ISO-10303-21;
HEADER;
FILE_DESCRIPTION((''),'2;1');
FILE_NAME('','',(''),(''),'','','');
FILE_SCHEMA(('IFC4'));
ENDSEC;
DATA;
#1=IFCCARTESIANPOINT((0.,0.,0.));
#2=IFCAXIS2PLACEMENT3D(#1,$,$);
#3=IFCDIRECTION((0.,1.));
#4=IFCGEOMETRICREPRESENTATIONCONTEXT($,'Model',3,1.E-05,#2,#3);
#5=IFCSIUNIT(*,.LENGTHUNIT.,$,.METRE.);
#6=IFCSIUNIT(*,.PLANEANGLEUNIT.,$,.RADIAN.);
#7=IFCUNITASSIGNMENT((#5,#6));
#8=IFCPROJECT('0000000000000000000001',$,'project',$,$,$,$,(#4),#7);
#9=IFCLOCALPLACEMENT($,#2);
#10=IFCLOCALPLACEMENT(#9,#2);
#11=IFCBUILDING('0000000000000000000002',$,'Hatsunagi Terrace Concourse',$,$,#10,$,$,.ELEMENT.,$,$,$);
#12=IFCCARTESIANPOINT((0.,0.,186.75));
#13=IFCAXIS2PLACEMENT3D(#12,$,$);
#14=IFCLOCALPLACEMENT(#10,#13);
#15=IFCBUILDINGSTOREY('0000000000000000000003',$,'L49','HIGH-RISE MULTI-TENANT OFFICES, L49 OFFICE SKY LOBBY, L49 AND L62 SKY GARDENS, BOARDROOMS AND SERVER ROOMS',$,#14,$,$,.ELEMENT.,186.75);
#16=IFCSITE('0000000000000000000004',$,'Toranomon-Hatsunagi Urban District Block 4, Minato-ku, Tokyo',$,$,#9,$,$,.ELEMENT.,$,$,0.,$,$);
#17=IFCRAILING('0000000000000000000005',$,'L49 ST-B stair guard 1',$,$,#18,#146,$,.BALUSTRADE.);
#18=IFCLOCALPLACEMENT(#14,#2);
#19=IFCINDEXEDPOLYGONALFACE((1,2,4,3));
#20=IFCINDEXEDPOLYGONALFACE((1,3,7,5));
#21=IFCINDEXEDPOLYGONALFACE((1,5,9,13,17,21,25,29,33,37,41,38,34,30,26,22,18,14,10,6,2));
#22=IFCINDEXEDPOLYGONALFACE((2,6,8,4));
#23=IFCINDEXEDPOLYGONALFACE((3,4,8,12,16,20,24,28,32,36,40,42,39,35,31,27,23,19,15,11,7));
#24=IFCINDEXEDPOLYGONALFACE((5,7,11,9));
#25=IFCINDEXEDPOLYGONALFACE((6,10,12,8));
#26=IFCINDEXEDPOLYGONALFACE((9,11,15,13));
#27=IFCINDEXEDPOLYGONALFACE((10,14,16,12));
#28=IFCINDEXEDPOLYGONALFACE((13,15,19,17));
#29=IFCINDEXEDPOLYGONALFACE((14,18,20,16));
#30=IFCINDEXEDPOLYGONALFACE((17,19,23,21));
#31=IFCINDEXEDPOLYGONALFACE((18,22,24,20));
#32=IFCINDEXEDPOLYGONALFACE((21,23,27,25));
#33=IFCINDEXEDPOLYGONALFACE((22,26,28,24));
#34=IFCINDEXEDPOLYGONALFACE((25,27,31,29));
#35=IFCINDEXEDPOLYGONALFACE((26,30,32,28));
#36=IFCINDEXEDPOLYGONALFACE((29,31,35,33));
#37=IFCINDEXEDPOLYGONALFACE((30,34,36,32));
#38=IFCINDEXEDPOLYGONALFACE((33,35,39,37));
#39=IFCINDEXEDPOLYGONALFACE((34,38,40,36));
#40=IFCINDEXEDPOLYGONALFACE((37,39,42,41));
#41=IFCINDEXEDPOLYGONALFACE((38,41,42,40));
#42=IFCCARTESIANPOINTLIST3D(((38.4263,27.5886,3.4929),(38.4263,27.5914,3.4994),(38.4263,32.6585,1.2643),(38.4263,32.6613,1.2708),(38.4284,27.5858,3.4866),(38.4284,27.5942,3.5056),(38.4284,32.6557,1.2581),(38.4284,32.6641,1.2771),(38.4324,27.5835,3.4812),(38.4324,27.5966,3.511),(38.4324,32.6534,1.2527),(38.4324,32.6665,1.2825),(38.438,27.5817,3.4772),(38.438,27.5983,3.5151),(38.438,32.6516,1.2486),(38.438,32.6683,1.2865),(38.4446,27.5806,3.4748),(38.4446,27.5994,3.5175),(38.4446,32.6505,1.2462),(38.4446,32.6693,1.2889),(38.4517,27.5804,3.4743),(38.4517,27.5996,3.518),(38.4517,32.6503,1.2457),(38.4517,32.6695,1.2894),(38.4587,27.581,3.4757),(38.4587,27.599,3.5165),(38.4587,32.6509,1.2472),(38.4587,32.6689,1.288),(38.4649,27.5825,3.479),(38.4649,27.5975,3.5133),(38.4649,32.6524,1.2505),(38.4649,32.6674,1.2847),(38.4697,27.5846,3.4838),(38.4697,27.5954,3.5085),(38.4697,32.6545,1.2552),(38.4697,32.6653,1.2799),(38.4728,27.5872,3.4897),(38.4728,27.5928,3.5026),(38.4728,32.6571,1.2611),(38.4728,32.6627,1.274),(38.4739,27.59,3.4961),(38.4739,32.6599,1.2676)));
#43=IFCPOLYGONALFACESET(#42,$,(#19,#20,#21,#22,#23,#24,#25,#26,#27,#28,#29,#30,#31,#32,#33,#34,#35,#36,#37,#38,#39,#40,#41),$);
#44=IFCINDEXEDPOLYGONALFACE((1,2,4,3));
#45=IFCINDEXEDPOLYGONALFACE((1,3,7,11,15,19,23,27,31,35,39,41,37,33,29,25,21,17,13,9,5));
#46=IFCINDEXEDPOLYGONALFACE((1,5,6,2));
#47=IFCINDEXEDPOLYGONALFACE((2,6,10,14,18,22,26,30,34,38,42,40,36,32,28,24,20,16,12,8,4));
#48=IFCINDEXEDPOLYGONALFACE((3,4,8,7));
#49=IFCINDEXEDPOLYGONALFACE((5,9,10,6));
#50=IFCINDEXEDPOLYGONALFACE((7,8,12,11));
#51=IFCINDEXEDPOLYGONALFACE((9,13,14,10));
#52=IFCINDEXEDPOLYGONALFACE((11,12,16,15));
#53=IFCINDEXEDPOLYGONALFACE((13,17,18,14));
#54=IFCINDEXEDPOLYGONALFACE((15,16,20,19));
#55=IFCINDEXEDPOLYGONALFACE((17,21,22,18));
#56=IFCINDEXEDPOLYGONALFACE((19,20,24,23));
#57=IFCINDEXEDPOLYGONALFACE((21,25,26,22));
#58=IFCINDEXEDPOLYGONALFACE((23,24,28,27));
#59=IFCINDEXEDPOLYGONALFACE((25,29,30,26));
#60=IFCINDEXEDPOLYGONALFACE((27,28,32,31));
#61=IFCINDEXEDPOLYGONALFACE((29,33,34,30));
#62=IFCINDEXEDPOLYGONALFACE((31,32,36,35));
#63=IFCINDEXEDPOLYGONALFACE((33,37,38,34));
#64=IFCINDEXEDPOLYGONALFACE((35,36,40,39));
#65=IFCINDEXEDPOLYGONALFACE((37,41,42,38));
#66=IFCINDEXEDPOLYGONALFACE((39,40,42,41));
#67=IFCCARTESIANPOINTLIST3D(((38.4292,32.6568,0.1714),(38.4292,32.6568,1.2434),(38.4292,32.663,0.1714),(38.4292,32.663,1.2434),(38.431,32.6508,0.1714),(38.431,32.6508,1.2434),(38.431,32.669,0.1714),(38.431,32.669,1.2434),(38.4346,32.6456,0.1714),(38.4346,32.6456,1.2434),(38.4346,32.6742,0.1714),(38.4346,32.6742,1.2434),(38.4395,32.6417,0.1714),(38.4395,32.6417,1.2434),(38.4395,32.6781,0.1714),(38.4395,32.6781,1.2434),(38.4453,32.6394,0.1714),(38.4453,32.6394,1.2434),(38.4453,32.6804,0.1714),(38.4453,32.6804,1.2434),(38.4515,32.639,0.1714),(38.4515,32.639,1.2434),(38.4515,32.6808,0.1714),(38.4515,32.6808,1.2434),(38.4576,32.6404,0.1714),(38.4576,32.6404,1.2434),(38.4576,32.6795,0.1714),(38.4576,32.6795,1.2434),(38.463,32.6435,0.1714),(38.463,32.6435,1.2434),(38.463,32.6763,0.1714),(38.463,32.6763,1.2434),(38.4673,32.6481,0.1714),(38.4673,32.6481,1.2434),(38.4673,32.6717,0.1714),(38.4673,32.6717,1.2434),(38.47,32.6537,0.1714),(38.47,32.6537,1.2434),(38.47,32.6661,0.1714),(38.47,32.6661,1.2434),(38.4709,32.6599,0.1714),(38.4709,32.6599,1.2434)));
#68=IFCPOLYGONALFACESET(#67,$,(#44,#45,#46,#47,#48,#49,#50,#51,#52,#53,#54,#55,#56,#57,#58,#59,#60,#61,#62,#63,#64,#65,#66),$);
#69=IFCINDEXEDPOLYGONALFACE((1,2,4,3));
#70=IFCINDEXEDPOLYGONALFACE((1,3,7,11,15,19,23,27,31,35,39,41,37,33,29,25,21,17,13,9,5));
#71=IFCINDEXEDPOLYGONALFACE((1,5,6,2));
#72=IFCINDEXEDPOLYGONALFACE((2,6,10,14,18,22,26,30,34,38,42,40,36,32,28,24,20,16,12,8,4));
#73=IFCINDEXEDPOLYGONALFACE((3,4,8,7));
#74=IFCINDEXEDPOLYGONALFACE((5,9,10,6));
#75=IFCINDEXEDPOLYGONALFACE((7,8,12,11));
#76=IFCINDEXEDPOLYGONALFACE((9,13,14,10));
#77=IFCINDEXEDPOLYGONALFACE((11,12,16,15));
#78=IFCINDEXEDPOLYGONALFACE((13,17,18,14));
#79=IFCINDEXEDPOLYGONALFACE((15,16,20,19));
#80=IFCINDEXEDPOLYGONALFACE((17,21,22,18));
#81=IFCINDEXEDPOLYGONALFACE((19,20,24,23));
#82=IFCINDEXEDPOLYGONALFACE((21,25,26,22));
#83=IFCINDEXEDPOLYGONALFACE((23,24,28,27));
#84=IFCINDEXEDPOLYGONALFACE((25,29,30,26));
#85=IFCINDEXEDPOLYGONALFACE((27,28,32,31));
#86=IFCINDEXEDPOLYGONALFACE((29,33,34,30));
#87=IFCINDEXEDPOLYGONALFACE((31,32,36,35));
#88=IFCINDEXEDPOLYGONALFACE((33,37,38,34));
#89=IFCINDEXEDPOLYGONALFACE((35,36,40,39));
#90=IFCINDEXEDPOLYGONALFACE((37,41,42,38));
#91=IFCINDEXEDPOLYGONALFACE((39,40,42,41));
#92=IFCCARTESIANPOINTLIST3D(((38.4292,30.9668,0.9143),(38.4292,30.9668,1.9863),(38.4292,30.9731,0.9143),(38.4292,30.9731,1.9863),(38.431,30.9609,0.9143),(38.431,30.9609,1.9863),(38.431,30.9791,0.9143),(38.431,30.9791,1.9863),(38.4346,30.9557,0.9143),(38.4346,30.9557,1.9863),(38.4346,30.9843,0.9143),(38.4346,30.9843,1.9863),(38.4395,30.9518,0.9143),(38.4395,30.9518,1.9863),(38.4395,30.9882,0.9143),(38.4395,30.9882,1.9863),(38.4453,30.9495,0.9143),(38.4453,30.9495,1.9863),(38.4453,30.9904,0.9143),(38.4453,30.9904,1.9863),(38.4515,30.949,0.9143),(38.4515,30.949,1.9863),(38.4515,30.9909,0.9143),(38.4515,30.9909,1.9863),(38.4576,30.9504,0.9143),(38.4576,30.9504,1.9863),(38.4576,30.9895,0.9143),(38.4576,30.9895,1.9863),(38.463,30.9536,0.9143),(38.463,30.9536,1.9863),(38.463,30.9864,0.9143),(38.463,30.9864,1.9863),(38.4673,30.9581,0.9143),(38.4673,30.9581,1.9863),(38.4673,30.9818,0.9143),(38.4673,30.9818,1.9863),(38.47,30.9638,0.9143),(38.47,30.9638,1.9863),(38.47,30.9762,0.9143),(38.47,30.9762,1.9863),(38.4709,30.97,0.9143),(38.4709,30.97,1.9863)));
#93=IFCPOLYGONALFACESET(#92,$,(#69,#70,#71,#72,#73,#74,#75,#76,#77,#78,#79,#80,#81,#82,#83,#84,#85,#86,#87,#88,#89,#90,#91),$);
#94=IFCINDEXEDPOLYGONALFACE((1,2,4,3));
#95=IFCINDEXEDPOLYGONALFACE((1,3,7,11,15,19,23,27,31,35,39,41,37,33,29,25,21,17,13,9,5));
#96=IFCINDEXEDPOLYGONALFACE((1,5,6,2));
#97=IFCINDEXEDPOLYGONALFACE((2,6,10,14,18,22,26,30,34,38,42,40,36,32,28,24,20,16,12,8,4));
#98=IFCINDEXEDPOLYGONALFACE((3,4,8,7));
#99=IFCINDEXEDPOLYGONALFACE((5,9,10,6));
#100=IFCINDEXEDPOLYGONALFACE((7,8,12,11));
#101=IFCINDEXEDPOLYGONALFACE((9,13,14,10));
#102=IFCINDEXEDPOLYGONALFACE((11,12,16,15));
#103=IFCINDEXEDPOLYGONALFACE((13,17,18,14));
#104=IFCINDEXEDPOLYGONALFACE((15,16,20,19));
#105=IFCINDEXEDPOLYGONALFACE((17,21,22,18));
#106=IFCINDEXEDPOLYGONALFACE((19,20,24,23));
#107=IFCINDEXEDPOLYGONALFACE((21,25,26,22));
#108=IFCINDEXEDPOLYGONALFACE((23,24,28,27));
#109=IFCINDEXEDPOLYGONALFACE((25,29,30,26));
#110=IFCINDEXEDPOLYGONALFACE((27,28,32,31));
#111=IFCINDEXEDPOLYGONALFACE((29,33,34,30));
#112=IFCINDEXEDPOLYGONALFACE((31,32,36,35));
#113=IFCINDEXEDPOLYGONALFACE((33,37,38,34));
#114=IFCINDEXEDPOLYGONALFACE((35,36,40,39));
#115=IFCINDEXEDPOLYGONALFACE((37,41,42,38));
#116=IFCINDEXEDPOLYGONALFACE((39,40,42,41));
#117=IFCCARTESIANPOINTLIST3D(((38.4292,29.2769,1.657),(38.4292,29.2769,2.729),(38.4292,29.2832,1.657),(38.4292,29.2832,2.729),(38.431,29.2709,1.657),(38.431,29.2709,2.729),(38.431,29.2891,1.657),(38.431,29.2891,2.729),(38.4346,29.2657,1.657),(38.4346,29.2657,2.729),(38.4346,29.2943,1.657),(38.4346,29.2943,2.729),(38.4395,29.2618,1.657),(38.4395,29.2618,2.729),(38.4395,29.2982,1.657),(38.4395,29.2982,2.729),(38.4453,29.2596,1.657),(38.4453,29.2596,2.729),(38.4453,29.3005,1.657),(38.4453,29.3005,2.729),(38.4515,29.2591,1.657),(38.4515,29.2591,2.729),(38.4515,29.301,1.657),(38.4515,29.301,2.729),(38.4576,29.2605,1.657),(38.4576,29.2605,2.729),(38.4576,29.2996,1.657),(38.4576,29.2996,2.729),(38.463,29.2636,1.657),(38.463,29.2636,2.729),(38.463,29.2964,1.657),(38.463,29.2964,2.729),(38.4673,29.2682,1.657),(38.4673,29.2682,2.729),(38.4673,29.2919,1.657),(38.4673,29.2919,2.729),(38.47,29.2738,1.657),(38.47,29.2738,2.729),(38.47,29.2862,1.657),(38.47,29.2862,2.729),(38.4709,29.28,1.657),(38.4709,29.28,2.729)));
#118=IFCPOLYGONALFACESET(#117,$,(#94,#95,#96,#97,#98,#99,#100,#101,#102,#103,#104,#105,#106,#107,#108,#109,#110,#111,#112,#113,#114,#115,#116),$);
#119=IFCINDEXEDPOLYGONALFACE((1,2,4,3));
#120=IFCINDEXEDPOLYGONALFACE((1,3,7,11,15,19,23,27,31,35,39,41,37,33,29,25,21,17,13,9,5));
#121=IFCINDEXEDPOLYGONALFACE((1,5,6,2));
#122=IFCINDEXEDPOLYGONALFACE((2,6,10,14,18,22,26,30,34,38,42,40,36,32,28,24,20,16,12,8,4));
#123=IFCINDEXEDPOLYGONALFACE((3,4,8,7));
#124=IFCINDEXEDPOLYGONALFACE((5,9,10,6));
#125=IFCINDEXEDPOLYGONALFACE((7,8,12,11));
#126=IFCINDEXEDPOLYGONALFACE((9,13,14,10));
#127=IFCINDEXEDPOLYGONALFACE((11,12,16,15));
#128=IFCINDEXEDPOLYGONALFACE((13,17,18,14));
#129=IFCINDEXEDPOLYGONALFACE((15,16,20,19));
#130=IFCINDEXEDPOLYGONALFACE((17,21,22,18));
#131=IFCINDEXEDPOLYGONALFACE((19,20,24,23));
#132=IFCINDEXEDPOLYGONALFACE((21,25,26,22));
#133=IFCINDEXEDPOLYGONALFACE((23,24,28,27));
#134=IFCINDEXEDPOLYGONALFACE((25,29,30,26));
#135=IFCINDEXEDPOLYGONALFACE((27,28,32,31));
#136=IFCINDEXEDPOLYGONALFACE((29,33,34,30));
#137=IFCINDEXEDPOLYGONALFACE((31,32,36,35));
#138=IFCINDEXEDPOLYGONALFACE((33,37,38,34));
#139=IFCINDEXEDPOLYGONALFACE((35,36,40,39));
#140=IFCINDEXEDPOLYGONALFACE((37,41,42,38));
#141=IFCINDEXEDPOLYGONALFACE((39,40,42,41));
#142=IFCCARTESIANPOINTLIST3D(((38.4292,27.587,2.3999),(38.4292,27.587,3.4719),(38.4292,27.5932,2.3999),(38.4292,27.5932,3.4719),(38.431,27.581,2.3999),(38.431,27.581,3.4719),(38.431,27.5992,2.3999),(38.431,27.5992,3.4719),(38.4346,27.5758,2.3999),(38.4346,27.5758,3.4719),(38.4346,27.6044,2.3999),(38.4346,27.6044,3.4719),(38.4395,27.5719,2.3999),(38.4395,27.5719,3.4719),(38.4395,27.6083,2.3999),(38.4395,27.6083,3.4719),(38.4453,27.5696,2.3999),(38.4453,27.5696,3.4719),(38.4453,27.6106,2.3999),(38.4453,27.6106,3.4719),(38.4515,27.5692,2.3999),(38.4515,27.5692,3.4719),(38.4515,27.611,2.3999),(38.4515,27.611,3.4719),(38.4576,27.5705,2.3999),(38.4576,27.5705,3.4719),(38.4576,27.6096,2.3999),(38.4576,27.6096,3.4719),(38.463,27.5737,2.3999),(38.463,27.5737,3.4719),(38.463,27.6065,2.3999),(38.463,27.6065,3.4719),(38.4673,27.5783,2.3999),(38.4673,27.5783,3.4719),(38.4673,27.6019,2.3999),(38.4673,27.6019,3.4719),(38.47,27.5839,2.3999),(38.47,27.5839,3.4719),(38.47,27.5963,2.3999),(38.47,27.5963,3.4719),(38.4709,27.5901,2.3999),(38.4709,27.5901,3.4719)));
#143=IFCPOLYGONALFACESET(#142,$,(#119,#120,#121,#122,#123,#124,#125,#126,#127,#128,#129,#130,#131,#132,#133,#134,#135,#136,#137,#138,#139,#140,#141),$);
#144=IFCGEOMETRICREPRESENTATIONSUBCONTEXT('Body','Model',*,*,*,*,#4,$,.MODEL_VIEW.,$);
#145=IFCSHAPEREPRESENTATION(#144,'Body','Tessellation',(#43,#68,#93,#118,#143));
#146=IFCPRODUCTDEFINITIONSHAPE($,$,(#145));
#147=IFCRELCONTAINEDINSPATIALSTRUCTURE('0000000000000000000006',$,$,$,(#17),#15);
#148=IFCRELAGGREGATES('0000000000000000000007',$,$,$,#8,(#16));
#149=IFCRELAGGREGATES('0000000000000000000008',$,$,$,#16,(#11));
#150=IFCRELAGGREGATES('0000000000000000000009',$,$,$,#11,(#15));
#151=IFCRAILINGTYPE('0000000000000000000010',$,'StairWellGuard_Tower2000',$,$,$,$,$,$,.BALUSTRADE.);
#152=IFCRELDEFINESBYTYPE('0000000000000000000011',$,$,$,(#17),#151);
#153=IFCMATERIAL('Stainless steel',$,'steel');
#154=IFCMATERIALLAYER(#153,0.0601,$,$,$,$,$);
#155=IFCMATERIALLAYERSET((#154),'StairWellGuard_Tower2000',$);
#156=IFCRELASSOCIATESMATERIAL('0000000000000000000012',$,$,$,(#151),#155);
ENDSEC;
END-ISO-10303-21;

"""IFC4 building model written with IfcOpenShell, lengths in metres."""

from ifc_helpers import new_model, si_unit, direction, frame, origin, origin_2d, place, context, subcontext, project, spatial, circle, extrude, material, layer, layer_set, type_object, element, save


model = new_model("IFC4")

# Units and contexts
model_context = context("Model", 3, precision=1e-05, world=origin(), true_north=direction((0.0, 1.0)))
body_context = subcontext(model_context, "Body", "Model", "MODEL_VIEW")
ifc_project = project(units=[si_unit("LENGTHUNIT", "METRE"), si_unit("PLANEANGLEUNIT", "RADIAN")], contexts=[model_context])

# Site, building, storey
site_placement = place(None, origin())
site = spatial("IfcSite", under=ifc_project, at=site_placement, Name="Toranomon-Hatsunagi Urban District Block 4, Minato-ku, Tokyo", CompositionType="ELEMENT", RefElevation=0.0)
building_placement = place(site_placement, origin())
building = spatial("IfcBuilding", under=site, at=building_placement, Name="Hatsunagi Terrace Concourse", CompositionType="ELEMENT")
storey_placement = place(building_placement, frame((0.0, 0.0, 186.75)))
storey = spatial("IfcBuildingStorey", under=building, at=storey_placement, Name="L49", Description="HIGH-RISE MULTI-TENANT OFFICES, L49 OFFICE SKY LOBBY, L49 AND L62 SKY GARDENS, BOARDROOMS AND SERVER ROOMS", CompositionType="ELEMENT", Elevation=186.75)

# Railing
ifc_material_1 = material(Name="Stainless steel", Category="steel")
ifc_layer_1 = layer(ifc_material_1, 0.0601)
ifc_layer_set_1 = layer_set([ifc_layer_1], Name="StairWellGuard_Tower2000")
railing_type_1 = type_object("IfcRailingType", Name="StairWellGuard_Tower2000", PredefinedType="BALUSTRADE", material=ifc_layer_set_1)
railing_1_placement = place(storey_placement, frame((38.45, 32.6599, 0.1714)))
element("IfcRailing", 1, at=railing_1_placement, inside=storey, type_object=railing_type_1, Name="L49 ST-B stair guard 1", PredefinedType="BALUSTRADE", context=body_context, shape_type="SweptSolid", body=[
    extrude(circle(Radius=0.0239, at=origin_2d()), frame((0.0, 0.0, 1.0962), z_axis=(0.0, -0.915462, 0.402405), x_axis=(1.0, 0.0, 0.0)), (0.0, 0.0, 1.0), 5.5381),
    extrude(circle(Radius=0.021, at=origin_2d()), origin(), (0.0, 0.0, 1.0), 1.072),
    extrude(circle(Radius=0.021, at=origin_2d()), frame((0.0, -1.6899, 0.7429)), (0.0, 0.0, 1.0), 1.072),
    extrude(circle(Radius=0.021, at=origin_2d()), frame((0.0, -3.3799, 1.4856)), (0.0, 0.0, 1.0), 1.072),
    extrude(circle(Radius=0.021, at=origin_2d()), frame((0.0, -5.0698, 2.2285)), (0.0, 0.0, 1.0), 1.072),
])

save(model, "model.ifc")
